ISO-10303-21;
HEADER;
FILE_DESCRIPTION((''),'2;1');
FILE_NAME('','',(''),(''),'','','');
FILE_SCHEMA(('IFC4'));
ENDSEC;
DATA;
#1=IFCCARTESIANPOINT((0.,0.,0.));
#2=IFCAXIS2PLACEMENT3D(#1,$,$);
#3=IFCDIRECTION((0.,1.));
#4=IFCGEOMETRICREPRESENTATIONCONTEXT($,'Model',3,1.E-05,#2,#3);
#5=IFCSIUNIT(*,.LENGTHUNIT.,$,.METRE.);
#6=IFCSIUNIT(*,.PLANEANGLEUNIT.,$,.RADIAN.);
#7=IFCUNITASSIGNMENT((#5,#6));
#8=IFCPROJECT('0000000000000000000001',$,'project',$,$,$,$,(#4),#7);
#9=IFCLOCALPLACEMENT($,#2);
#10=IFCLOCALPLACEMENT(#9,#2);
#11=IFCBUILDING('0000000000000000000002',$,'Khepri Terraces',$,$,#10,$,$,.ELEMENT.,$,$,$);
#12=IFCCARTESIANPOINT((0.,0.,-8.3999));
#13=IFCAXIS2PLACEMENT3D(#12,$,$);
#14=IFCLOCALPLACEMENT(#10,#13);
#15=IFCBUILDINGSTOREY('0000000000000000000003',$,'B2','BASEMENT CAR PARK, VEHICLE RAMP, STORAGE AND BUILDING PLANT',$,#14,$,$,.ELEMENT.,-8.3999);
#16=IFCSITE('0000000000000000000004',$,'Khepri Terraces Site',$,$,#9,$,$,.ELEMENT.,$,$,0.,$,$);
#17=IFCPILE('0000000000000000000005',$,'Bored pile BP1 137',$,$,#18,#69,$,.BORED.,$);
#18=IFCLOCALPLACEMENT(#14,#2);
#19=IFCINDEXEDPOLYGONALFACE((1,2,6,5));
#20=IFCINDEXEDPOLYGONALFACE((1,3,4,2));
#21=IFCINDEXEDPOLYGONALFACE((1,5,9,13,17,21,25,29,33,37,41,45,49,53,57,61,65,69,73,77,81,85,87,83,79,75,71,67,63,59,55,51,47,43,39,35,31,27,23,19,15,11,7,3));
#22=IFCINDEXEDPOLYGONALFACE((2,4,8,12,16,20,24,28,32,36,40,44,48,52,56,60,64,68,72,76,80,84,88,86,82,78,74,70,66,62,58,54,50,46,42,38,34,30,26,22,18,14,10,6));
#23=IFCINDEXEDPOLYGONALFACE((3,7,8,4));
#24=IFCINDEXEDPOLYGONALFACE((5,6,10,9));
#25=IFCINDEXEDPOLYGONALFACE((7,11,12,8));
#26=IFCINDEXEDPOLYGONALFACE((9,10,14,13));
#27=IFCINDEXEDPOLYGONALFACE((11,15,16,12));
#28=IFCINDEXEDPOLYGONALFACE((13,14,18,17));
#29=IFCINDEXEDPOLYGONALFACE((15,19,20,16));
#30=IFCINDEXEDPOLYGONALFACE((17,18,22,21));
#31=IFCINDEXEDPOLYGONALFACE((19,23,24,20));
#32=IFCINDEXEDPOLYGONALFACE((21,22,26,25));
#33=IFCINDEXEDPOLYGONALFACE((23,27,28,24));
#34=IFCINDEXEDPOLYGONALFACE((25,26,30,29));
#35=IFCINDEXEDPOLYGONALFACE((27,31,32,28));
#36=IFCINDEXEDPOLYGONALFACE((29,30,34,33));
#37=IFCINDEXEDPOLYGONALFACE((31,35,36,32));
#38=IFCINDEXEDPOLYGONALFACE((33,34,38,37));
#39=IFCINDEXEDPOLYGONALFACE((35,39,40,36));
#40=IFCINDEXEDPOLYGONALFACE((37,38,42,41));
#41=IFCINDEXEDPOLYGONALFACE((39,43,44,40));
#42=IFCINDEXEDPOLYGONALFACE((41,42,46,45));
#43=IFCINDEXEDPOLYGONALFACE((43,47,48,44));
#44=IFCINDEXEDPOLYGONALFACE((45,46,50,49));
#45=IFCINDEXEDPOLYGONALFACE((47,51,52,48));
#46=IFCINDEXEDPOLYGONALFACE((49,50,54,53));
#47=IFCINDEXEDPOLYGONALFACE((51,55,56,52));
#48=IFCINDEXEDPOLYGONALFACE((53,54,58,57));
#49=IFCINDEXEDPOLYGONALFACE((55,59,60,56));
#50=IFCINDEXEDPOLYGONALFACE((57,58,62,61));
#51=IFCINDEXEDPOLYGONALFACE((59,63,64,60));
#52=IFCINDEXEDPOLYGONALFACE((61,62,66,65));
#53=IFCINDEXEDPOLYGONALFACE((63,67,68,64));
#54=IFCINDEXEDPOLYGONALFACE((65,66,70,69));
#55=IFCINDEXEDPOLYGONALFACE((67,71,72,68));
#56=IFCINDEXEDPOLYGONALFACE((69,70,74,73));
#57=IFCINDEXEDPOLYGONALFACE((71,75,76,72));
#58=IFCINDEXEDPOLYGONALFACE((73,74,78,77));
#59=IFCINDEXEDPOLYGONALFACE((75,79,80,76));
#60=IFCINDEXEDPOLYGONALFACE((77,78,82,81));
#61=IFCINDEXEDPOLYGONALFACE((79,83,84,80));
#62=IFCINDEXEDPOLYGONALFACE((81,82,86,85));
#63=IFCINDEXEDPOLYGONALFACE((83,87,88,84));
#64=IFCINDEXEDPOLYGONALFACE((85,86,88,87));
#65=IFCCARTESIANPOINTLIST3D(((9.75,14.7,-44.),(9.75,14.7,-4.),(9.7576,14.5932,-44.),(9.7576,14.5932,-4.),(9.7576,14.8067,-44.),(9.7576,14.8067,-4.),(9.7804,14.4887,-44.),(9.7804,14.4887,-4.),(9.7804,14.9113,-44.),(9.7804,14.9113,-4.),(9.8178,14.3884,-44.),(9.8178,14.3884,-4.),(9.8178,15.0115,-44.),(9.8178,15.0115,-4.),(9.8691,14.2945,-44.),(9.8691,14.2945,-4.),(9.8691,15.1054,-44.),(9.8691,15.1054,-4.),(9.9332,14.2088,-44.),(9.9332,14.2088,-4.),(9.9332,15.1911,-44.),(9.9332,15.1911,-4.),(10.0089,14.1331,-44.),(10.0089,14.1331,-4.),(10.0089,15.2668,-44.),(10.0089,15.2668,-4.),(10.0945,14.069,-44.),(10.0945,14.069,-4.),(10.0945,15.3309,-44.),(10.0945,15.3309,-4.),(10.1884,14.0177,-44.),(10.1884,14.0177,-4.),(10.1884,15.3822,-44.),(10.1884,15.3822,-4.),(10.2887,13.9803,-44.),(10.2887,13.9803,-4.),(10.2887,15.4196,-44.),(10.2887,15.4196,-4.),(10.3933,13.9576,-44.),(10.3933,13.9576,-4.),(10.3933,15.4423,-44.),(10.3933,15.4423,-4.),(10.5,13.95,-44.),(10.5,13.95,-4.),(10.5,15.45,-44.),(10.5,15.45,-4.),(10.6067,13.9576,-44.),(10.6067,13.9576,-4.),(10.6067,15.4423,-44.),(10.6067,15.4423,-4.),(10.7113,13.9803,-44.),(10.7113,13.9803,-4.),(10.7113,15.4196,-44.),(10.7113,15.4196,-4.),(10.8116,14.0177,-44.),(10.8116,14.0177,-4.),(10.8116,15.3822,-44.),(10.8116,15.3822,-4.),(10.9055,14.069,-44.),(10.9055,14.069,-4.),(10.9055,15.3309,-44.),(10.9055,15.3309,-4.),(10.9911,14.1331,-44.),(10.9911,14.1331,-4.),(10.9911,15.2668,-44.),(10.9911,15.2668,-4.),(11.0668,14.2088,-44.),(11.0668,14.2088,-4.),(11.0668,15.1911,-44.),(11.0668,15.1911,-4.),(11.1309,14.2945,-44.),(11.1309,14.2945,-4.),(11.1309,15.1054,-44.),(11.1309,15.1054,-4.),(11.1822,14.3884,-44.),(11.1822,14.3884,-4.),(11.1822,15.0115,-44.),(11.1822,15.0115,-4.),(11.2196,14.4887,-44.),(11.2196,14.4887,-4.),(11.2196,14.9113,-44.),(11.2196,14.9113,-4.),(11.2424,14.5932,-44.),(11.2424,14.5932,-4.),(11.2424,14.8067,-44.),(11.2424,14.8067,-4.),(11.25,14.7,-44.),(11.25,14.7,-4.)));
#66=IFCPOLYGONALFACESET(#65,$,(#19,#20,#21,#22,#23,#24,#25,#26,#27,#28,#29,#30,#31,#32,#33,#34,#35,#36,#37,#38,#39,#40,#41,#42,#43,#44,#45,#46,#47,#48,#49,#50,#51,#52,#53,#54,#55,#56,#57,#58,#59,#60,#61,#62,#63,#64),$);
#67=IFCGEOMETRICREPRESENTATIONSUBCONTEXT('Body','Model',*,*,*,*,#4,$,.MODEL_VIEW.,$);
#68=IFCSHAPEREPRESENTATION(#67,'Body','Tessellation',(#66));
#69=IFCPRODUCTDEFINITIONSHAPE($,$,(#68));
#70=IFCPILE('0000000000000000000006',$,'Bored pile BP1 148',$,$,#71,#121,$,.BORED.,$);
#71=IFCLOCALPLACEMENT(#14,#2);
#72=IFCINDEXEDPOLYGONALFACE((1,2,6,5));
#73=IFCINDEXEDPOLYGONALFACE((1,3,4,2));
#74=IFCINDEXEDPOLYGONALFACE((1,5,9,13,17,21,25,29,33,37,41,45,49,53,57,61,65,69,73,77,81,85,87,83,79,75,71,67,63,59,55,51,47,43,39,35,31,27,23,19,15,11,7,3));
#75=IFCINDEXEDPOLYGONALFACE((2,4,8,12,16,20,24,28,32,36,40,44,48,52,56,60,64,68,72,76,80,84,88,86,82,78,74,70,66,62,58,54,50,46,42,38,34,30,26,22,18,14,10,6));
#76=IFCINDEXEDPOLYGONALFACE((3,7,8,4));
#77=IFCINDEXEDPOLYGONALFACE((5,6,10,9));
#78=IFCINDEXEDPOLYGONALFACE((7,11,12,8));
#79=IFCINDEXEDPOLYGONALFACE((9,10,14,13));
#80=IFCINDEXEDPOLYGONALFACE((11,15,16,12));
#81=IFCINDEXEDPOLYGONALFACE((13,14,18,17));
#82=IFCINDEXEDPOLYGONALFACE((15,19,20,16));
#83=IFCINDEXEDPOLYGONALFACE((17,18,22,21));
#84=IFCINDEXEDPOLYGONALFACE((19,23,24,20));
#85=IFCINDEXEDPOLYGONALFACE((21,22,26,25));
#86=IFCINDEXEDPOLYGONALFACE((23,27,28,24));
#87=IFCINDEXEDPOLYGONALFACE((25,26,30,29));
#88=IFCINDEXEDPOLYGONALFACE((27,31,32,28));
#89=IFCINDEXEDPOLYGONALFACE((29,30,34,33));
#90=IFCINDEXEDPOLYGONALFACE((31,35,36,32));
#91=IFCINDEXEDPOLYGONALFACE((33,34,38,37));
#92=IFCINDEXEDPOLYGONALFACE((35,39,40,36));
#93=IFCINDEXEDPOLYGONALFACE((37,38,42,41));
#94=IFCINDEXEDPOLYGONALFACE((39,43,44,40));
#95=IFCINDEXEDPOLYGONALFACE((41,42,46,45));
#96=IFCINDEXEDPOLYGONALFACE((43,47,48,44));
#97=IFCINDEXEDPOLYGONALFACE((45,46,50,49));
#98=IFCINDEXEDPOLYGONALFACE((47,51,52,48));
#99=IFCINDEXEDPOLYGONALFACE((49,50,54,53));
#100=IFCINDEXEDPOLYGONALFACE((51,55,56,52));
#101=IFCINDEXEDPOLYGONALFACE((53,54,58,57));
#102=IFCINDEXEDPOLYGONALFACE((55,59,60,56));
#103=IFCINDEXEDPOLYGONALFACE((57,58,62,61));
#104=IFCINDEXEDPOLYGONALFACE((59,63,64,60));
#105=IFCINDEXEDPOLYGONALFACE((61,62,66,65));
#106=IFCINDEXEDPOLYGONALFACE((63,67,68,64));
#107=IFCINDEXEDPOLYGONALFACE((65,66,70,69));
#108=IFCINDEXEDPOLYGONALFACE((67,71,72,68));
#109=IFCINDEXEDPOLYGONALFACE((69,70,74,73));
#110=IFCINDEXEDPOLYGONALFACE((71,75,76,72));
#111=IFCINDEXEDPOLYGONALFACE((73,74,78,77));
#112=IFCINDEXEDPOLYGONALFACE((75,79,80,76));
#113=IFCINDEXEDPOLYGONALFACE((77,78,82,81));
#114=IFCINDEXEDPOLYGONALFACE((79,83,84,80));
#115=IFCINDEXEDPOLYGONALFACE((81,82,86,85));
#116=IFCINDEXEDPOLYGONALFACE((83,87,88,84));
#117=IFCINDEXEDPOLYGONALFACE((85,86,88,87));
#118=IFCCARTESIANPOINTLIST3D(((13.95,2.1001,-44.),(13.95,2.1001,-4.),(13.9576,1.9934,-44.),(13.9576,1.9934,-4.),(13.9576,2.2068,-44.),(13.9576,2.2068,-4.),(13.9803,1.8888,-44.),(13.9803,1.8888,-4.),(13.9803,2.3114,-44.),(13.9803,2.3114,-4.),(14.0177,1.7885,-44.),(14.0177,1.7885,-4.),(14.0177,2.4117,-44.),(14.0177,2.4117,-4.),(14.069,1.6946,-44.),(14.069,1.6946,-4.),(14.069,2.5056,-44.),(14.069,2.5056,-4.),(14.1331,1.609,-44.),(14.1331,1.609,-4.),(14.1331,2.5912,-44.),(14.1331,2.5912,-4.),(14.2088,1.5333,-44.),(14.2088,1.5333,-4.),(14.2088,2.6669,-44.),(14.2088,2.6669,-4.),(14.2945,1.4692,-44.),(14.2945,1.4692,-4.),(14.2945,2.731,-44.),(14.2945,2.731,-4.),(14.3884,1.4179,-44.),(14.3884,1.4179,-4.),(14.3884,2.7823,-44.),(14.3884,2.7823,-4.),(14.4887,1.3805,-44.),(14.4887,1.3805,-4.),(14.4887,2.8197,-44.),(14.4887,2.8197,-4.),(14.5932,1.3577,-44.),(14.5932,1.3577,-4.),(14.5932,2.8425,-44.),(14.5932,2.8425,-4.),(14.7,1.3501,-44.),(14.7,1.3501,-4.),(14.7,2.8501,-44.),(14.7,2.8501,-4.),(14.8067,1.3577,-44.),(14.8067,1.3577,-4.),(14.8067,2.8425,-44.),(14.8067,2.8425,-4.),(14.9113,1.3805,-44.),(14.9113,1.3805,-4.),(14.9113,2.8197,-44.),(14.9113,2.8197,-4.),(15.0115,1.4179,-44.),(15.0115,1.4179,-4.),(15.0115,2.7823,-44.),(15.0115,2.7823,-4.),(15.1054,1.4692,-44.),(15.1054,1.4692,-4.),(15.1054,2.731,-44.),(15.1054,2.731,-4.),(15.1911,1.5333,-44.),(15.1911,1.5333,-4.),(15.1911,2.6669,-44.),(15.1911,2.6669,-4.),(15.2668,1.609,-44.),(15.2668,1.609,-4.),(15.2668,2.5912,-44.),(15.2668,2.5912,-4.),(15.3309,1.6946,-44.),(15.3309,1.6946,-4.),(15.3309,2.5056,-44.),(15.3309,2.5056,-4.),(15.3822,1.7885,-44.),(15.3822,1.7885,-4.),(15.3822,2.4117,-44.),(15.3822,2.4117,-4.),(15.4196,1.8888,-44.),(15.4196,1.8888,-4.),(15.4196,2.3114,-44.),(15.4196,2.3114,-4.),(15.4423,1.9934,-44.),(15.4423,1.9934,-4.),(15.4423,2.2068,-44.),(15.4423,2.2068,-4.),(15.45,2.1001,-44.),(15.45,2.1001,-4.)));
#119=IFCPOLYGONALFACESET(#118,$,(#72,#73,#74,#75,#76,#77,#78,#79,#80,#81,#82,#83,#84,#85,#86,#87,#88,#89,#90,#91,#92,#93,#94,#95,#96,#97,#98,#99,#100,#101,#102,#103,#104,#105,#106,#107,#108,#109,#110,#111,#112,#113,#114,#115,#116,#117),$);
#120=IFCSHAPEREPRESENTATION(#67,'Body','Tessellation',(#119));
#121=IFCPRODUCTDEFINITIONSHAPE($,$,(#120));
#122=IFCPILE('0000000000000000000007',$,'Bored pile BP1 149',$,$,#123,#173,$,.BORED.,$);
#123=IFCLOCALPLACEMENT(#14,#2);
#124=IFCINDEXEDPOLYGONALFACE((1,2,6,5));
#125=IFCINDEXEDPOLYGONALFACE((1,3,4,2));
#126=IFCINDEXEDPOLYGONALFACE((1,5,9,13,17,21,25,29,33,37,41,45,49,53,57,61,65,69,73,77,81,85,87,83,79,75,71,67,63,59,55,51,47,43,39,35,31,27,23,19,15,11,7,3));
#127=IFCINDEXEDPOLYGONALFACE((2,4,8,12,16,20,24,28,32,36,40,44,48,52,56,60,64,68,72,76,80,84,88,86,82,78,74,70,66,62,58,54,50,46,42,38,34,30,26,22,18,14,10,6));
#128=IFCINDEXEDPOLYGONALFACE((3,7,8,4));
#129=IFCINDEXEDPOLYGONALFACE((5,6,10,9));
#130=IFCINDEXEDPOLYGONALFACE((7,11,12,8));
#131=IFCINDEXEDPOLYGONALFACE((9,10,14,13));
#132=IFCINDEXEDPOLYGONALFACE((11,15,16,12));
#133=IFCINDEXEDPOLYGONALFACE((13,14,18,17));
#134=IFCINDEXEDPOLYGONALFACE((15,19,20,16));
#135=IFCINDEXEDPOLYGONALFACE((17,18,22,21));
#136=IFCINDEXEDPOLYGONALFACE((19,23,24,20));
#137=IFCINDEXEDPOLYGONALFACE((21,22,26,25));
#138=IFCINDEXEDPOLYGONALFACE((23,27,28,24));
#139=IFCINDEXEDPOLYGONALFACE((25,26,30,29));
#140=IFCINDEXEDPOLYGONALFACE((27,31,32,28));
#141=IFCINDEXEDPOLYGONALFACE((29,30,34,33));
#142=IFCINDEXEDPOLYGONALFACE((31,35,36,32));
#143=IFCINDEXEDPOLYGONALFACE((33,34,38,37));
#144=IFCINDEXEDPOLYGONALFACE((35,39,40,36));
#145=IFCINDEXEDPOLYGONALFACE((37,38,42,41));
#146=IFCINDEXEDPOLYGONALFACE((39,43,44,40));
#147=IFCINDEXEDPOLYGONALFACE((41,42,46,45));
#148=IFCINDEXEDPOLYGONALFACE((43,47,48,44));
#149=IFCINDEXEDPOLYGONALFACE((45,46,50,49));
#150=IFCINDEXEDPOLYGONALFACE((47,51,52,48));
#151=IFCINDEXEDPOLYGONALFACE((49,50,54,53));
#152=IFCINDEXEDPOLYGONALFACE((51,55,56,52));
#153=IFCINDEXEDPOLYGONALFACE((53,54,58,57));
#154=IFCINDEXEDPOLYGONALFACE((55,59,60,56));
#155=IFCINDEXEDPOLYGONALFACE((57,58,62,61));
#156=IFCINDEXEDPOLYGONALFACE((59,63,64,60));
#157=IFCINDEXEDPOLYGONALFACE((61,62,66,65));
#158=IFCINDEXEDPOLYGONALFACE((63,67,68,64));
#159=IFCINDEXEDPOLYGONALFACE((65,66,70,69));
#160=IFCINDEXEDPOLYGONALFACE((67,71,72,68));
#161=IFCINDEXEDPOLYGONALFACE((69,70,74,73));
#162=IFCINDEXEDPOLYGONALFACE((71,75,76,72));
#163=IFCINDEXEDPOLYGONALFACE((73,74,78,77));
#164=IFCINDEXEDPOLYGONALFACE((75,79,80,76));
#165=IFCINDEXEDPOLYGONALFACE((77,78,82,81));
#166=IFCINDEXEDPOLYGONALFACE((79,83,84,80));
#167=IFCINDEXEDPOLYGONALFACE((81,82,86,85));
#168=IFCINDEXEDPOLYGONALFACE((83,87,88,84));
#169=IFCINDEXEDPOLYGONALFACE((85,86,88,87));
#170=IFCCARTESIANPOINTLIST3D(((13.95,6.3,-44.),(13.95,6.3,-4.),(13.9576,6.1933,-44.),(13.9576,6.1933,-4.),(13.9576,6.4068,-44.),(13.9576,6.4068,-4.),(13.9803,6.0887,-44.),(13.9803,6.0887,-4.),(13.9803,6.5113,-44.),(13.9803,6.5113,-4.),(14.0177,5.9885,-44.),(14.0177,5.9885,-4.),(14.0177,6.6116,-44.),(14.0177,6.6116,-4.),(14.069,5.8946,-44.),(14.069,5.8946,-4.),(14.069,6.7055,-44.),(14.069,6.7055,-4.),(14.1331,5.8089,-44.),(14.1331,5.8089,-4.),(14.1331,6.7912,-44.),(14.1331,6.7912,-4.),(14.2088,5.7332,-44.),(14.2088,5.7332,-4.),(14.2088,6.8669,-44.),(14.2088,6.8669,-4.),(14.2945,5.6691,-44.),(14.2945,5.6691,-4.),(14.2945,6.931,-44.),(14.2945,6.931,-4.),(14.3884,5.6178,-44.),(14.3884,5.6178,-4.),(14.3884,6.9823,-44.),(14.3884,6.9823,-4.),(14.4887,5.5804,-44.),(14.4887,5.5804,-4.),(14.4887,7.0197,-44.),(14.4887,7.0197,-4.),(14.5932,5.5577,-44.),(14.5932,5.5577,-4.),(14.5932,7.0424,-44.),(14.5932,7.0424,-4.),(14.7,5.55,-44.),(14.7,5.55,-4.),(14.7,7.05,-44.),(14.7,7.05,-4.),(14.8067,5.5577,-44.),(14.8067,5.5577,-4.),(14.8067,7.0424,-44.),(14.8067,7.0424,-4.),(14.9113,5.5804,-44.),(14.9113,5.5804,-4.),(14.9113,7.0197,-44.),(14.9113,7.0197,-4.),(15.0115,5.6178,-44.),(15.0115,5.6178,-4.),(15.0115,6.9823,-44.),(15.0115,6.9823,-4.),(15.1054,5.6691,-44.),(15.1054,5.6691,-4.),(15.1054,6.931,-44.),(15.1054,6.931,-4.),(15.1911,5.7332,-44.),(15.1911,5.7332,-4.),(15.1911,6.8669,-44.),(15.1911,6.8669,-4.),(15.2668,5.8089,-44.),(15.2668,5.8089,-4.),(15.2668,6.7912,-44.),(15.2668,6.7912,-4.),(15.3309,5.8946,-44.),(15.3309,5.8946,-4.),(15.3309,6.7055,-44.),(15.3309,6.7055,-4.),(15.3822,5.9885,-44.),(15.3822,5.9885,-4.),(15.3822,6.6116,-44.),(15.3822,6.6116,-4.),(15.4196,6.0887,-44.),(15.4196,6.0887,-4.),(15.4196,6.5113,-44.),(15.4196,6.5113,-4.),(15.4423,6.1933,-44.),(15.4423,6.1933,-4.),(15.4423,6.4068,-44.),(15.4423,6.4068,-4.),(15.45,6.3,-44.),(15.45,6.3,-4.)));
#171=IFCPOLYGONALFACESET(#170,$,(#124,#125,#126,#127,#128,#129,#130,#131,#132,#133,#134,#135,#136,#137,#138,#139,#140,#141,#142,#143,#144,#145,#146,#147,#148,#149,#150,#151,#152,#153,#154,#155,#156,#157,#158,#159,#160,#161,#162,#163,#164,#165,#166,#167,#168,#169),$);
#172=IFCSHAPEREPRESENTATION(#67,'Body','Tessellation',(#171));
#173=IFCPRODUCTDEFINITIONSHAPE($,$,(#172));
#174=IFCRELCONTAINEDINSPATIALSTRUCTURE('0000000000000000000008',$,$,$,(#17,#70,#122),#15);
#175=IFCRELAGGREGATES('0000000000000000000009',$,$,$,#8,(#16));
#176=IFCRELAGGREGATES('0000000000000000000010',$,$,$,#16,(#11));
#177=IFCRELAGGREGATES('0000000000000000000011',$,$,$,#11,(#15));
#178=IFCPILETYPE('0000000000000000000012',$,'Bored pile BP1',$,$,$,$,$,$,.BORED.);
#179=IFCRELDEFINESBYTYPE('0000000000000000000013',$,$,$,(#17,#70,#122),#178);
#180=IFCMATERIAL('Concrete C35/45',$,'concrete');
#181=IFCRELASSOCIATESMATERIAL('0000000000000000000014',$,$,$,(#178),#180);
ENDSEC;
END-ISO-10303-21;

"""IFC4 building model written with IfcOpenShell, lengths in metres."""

from ifc_helpers import new_model, si_unit, direction, frame, origin, origin_2d, place, context, subcontext, project, spatial, circle, extrude, material, material_profile, profile_set, type_object, element, save


model = new_model("IFC4")

# Units and contexts
model_context = context("Model", 3, precision=1e-05, world=origin(), true_north=direction((0.0, 1.0)))
body_context = subcontext(model_context, "Body", "Model", "MODEL_VIEW")
ifc_project = project(units=[si_unit("LENGTHUNIT", "METRE"), si_unit("PLANEANGLEUNIT", "RADIAN")], contexts=[model_context])

# Site, building, storey
site_placement = place(None, origin())
site = spatial("IfcSite", under=ifc_project, at=site_placement, Name="Khepri Terraces Site", CompositionType="ELEMENT", RefElevation=0.0)
building_placement = place(site_placement, origin())
building = spatial("IfcBuilding", under=site, at=building_placement, Name="Khepri Terraces", CompositionType="ELEMENT")
storey_placement = place(building_placement, frame((0.0, 0.0, -8.3999)))
storey = spatial("IfcBuildingStorey", under=building, at=storey_placement, Name="B2", Description="BASEMENT CAR PARK, VEHICLE RAMP, STORAGE AND BUILDING PLANT", CompositionType="ELEMENT", Elevation=-8.3999)

# Piles
ifc_material_1 = material(Name="Concrete C35/45", Category="concrete")
ifc_material_profile_1 = material_profile(ifc_material_1, circle(Radius=0.75, at=origin_2d()), Name="Concrete C35/45", Category="concrete")
ifc_profile_set_1 = profile_set([ifc_material_profile_1], Name="Concrete C35/45")
pile_type = type_object("IfcPileType", Name="Bored pile BP1", PredefinedType="BORED", material=ifc_profile_set_1)
for number, where, z_axis, x_axis, name in (
    (1, (10.5, 14.7, -4.0), (0.0, 0.0, -1.0), (1.0, 0.0, 0.0), "Bored pile BP1 137"),
    (2, (14.7, 2.1001, -4.0), (0.0, 0.0, -1.0), (1.0, 0.0, 0.0), "Bored pile BP1 148"),
    (3, (14.7, 6.3, -4.0), (0.0, 0.0, -1.0), (1.0, 0.0, 0.0), "Bored pile BP1 149"),
):
    element("IfcPile", number, at=place(storey_placement, frame(where, z_axis=z_axis, x_axis=x_axis)), inside=storey, type_object=pile_type, Name=name, PredefinedType="BORED", context=body_context, shape_type="SweptSolid", body=[
        extrude(circle(Radius=0.75, at=origin_2d()), origin(), (0.0, 0.0, 1.0), 40.0),
    ])

save(model, "model.ifc")
